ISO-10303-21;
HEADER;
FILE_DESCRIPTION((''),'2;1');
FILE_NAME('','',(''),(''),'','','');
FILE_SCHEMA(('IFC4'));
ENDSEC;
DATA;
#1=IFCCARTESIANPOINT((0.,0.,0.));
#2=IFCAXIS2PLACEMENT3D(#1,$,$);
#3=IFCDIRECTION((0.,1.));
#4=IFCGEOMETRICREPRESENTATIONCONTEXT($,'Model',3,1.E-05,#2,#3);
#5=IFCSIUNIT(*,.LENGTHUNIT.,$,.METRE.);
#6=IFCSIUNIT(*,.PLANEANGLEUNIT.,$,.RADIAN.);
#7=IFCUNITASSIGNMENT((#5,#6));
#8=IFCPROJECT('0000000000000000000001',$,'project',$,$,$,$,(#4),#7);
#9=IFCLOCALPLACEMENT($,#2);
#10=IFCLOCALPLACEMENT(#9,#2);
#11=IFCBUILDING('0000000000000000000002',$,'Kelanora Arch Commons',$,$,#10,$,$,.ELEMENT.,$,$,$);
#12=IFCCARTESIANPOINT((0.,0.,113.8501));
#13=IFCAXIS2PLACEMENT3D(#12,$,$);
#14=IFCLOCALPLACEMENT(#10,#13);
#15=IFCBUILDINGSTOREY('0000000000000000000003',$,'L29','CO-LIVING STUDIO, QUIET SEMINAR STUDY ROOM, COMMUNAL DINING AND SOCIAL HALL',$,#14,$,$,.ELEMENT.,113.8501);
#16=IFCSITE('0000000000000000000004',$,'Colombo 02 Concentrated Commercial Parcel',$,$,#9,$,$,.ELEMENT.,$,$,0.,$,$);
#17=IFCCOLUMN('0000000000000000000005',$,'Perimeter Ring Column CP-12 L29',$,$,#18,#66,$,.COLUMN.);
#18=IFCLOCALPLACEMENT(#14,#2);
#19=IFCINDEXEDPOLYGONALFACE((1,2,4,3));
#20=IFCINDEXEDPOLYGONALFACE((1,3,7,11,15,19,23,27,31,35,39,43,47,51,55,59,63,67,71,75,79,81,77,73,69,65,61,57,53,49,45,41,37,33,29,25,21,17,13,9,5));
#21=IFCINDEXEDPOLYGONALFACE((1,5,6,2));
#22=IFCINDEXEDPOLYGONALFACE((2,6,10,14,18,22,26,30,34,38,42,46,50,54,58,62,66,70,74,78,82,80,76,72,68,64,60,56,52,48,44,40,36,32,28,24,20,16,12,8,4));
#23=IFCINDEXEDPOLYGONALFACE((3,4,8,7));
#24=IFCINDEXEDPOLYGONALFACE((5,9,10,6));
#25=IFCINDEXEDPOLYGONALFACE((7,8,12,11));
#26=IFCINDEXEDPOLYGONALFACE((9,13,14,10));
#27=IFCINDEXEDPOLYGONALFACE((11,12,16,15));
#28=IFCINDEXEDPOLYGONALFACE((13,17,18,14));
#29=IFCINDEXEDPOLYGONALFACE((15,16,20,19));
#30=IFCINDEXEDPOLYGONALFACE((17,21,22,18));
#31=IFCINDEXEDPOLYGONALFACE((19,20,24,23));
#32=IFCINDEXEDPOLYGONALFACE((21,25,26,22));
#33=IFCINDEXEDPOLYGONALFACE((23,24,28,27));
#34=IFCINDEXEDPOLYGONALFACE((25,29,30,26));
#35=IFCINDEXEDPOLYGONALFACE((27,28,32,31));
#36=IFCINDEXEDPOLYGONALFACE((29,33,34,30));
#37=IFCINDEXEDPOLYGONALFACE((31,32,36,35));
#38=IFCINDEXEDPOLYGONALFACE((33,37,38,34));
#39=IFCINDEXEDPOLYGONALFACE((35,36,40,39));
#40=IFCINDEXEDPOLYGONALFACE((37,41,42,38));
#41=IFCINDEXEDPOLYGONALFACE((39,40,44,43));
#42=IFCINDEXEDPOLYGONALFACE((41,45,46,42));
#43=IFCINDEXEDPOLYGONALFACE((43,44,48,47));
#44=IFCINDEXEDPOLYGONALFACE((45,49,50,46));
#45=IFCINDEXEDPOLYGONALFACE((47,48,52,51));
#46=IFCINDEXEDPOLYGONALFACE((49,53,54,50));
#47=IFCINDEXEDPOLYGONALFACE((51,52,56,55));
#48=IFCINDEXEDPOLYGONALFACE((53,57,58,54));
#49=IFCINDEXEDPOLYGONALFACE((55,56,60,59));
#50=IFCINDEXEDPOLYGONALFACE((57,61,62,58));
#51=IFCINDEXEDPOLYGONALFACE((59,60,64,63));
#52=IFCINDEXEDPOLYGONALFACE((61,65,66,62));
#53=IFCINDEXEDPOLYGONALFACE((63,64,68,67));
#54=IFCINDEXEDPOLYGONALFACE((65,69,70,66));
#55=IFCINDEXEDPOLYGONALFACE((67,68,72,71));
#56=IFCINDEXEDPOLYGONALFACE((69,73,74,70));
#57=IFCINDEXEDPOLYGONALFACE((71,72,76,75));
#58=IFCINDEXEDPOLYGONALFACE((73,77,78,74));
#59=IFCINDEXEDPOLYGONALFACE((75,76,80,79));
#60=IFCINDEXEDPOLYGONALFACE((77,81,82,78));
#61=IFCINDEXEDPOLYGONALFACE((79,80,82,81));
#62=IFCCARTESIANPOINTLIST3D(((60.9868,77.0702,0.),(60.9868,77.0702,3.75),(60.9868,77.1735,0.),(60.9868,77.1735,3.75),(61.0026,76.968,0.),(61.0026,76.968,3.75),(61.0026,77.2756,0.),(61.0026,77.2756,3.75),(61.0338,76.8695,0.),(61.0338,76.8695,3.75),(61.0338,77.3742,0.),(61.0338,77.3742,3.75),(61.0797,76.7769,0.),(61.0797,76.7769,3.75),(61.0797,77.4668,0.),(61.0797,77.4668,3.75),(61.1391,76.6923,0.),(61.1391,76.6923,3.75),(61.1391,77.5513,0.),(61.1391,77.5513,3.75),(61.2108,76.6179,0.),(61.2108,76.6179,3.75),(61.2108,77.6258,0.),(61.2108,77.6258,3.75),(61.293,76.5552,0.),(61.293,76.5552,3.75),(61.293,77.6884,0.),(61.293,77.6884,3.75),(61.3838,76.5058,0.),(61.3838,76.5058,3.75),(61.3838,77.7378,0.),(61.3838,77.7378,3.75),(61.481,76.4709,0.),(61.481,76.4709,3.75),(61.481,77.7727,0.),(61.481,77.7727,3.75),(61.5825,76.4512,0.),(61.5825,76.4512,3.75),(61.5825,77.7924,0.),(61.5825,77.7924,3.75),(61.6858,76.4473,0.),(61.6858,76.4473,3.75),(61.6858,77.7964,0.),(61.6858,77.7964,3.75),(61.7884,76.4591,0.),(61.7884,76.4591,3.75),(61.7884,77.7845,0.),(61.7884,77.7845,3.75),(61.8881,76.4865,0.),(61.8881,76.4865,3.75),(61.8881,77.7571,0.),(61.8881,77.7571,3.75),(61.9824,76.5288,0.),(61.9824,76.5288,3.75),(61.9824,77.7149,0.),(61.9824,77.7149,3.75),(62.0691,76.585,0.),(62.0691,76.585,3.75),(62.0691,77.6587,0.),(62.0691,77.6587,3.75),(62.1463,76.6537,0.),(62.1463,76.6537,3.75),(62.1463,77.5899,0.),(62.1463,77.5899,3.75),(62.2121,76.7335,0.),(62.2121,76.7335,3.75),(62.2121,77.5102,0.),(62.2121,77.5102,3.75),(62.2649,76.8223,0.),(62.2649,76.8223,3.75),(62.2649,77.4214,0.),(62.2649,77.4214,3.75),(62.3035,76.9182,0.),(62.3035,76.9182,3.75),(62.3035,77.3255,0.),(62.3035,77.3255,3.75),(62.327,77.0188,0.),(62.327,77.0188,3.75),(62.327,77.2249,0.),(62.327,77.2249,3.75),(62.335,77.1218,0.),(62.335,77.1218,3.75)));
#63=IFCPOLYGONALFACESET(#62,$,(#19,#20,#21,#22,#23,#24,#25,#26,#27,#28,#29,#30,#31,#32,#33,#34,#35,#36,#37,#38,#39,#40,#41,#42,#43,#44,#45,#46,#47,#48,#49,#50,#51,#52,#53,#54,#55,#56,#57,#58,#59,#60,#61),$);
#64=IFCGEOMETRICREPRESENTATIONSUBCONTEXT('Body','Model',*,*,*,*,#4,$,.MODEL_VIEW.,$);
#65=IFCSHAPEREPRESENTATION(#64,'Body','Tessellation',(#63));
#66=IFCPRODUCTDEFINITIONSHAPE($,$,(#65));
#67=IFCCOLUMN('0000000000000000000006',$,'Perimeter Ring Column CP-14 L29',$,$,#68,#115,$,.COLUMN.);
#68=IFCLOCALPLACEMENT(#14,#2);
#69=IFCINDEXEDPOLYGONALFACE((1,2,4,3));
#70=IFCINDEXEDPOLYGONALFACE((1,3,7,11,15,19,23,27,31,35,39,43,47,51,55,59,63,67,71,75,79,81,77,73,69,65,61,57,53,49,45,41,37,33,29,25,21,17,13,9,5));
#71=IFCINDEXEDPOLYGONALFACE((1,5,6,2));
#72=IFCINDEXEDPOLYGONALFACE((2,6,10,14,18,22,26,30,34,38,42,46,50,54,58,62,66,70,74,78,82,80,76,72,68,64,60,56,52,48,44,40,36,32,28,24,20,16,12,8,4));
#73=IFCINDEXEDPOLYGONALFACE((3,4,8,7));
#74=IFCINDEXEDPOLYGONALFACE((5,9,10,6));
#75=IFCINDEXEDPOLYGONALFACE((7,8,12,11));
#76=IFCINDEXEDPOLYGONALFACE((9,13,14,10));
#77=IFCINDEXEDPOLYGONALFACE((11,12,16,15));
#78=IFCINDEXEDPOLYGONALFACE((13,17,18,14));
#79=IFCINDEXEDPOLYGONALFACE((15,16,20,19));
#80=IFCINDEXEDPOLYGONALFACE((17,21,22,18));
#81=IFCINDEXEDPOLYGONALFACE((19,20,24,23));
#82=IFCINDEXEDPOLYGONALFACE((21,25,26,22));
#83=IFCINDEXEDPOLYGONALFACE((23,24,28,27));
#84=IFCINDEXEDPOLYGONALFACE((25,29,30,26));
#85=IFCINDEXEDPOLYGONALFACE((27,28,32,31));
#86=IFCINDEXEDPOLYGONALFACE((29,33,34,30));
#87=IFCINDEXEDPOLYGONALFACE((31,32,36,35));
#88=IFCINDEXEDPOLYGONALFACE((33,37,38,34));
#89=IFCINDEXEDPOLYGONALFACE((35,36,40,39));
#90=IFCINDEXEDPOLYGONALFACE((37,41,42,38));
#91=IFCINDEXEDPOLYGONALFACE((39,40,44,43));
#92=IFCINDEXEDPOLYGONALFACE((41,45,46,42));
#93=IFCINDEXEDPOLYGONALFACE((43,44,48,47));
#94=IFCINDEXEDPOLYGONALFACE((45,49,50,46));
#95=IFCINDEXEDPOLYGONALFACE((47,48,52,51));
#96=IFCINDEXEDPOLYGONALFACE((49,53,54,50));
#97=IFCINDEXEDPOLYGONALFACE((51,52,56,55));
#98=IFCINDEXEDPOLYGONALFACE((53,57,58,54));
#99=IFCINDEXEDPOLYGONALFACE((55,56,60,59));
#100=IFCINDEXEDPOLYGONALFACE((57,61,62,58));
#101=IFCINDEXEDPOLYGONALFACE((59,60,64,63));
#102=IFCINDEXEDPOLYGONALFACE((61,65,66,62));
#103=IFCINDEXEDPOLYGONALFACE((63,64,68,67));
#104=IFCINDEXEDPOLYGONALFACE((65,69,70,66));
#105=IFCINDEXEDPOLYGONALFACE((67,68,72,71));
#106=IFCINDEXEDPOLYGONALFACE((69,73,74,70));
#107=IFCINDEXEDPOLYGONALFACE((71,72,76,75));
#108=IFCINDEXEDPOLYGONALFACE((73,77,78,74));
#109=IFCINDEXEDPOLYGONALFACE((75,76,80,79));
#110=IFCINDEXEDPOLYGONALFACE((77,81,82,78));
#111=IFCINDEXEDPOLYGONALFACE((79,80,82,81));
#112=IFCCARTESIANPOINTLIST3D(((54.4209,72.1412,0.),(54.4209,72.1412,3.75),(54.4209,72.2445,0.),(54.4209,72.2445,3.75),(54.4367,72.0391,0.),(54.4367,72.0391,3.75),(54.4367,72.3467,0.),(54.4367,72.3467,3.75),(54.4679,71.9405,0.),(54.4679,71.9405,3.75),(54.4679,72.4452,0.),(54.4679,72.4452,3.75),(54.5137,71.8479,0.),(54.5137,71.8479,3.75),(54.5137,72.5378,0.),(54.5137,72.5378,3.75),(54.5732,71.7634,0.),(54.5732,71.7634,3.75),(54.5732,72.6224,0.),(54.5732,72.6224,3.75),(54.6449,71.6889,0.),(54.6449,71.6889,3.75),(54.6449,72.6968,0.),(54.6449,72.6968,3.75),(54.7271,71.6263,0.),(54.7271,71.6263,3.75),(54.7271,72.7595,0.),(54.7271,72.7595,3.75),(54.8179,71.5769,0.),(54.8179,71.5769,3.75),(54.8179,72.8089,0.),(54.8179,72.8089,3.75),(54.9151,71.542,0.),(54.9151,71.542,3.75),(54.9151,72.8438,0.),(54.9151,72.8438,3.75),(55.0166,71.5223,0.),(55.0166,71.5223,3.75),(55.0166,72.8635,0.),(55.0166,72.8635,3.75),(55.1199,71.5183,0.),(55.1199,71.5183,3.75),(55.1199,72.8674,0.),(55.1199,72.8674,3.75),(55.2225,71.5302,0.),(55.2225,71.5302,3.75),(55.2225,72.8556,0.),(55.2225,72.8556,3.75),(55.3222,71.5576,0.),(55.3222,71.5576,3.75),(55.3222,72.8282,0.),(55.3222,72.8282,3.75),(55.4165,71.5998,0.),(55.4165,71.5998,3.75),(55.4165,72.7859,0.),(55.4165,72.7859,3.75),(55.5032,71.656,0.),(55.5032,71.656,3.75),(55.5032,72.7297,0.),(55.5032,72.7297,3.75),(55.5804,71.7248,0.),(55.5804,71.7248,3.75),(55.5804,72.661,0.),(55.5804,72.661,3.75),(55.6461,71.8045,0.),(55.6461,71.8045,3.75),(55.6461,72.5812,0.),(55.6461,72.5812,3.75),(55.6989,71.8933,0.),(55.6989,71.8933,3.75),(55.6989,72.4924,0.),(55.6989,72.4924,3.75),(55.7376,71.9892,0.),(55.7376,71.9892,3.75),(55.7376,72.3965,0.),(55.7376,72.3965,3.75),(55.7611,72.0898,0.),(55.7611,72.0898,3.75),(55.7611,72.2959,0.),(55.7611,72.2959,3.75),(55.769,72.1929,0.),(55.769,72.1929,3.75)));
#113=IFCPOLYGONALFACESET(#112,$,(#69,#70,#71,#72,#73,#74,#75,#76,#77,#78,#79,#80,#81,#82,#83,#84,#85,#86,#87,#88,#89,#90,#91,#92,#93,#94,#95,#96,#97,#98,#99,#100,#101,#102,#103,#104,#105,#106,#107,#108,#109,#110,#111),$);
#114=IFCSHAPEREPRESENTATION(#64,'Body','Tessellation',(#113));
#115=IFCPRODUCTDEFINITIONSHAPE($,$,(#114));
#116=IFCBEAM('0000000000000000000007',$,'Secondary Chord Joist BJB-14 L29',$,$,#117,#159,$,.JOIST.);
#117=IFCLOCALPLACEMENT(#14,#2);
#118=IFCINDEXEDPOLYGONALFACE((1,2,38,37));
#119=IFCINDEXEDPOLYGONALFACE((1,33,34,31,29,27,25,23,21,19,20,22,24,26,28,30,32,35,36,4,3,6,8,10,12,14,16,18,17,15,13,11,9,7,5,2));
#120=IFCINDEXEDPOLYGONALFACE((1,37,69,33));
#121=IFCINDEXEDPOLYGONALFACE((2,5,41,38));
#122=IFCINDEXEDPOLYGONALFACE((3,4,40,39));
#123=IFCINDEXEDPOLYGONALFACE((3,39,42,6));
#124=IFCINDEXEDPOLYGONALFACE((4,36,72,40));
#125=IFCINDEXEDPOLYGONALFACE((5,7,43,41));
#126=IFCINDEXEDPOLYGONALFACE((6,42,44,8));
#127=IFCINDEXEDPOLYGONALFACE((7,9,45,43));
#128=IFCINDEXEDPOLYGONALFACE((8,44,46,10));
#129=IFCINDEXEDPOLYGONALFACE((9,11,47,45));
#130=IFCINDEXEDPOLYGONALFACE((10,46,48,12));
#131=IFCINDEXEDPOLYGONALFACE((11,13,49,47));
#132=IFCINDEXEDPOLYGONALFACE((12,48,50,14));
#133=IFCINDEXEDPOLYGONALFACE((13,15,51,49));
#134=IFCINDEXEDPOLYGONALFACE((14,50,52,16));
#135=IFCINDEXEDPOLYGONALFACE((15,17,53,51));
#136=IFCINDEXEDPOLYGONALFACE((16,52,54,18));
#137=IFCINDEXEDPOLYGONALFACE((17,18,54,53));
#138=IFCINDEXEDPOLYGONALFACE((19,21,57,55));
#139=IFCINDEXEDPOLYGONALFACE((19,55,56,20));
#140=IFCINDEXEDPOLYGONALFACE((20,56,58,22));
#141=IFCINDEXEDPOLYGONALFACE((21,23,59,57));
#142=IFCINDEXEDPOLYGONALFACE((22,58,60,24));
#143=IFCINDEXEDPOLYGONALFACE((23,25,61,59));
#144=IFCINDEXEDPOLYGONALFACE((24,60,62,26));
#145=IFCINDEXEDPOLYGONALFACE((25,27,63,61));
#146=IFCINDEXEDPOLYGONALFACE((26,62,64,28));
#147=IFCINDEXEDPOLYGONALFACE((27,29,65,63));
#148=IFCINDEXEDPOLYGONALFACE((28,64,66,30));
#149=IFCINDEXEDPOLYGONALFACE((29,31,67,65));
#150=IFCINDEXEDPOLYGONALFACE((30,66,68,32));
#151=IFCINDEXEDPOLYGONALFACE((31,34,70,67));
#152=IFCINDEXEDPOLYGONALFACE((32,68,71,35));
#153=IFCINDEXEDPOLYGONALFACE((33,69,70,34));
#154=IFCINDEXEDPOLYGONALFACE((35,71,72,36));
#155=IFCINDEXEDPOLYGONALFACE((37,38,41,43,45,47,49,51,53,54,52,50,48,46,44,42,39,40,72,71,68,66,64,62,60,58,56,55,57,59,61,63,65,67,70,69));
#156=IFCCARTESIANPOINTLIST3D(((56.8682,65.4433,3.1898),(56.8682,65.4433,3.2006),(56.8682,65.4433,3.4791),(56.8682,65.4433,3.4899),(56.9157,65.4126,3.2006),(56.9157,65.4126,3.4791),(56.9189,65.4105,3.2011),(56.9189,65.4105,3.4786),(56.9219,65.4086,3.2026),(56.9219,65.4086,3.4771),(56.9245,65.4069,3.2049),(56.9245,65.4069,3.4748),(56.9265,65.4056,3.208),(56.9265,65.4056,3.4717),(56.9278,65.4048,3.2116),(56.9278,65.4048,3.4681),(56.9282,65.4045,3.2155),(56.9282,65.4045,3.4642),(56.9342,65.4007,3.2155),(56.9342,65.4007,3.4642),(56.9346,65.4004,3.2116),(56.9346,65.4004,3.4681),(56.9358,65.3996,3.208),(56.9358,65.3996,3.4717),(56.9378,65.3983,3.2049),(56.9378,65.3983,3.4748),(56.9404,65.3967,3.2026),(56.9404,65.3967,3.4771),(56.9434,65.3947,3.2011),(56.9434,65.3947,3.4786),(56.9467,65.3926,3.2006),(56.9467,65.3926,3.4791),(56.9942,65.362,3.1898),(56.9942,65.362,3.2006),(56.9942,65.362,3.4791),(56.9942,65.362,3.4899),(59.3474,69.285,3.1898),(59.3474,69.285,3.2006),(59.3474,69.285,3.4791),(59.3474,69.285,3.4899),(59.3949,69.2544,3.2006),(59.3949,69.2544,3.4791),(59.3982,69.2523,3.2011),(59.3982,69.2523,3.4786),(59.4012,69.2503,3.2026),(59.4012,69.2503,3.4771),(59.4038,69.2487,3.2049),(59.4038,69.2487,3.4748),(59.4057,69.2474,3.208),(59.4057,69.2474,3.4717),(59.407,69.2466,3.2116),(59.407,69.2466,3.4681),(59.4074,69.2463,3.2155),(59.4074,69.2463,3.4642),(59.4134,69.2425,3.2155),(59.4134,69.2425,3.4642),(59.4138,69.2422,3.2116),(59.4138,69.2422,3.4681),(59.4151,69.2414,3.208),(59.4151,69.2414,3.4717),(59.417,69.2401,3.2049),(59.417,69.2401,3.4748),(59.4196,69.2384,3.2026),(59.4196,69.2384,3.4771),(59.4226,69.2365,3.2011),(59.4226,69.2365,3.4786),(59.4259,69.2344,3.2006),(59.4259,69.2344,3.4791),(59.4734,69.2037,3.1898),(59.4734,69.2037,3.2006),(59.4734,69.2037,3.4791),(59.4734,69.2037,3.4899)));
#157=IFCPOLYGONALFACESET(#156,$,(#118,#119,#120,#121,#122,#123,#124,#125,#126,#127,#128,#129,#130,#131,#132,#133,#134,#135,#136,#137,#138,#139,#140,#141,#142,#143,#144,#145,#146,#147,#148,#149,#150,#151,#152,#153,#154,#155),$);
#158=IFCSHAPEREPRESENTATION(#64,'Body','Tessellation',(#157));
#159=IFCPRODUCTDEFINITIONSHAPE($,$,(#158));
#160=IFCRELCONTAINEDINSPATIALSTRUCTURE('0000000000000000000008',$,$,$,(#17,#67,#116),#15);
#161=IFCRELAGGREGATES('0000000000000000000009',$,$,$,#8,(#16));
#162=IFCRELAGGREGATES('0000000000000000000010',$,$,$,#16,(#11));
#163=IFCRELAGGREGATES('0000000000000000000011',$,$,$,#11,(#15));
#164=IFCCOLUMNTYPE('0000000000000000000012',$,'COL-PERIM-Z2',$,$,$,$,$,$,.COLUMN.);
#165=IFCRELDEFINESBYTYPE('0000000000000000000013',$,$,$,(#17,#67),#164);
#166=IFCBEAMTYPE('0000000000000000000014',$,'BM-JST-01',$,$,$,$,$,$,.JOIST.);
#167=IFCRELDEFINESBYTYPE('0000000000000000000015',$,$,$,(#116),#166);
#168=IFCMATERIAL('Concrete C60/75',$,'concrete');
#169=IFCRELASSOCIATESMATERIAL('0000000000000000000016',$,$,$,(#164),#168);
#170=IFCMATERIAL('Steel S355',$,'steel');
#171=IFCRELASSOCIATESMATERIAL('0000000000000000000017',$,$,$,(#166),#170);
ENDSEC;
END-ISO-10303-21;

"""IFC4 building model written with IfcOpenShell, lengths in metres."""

from ifc_helpers import new_model, si_unit, direction, frame, origin, origin_2d, place, context, subcontext, project, spatial, circle, i_section, extrude, material, material_profile, profile_set, type_object, element, save


model = new_model("IFC4")

# Units and contexts
model_context = context("Model", 3, precision=1e-05, world=origin(), true_north=direction((0.0, 1.0)))
body_context = subcontext(model_context, "Body", "Model", "MODEL_VIEW")
ifc_project = project(units=[si_unit("LENGTHUNIT", "METRE"), si_unit("PLANEANGLEUNIT", "RADIAN")], contexts=[model_context])

# Site, building, storey
site_placement = place(None, origin())
site = spatial("IfcSite", under=ifc_project, at=site_placement, Name="Colombo 02 Concentrated Commercial Parcel", CompositionType="ELEMENT", RefElevation=0.0)
building_placement = place(site_placement, origin())
building = spatial("IfcBuilding", under=site, at=building_placement, Name="Kelanora Arch Commons", CompositionType="ELEMENT")
storey_placement = place(building_placement, frame((0.0, 0.0, 113.8501)))
storey = spatial("IfcBuildingStorey", under=building, at=storey_placement, Name="L29", Description="CO-LIVING STUDIO, QUIET SEMINAR STUDY ROOM, COMMUNAL DINING AND SOCIAL HALL", CompositionType="ELEMENT", Elevation=113.8501)

# Columns
ifc_material_1 = material(Name="Concrete C60/75", Category="concrete")
ifc_material_profile_1 = material_profile(ifc_material_1, circle(Radius=0.675, at=origin_2d()), Name="RCC1350")
ifc_profile_set_1 = profile_set([ifc_material_profile_1], Name="Concrete C60/75")
column_type = type_object("IfcColumnType", Name="COL-PERIM-Z2", PredefinedType="COLUMN", material=ifc_profile_set_1)
for number, where, z_axis, x_axis, name in (
    (1, (61.6599, 77.1218, 0.0), (0.0, 0.0, 1.0), (1.0, 0.0, 0.0), "Perimeter Ring Column CP-12 L29"),
    (2, (55.094, 72.1929, 0.0), (0.0, 0.0, 1.0), (1.0, 0.0, 0.0), "Perimeter Ring Column CP-14 L29"),
):
    element("IfcColumn", number, at=place(storey_placement, frame(where, z_axis=z_axis, x_axis=x_axis)), inside=storey, type_object=column_type, Name=name, PredefinedType="COLUMN", context=body_context, shape_type="SweptSolid", body=[
        extrude(circle(Radius=0.675, at=origin_2d()), origin(), (0.0, 0.0, 1.0), 3.75),
    ])

# Beam
ifc_material_2 = material(Name="Steel S355", Category="steel")
ifc_material_profile_2 = material_profile(ifc_material_2, i_section(OverallWidth=0.1499, OverallDepth=0.3, WebThickness=0.0071, FlangeThickness=0.0107, FilletRadius=0.0149, at=origin_2d()), Name="IPE300")
ifc_profile_set_2 = profile_set([ifc_material_profile_2], Name="Steel S355")
beam_type_1 = type_object("IfcBeamType", Name="BM-JST-01", PredefinedType="JOIST", material=ifc_profile_set_2)
beam_1_placement = place(storey_placement, frame((59.4104, 69.2444, 3.3398), z_axis=(-0.54223, -0.84023, 0.0), x_axis=(0.84023, -0.54223, 0.0)))
element("IfcBeam", 3, at=beam_1_placement, inside=storey, type_object=beam_type_1, Name="Secondary Chord Joist BJB-14 L29", PredefinedType="JOIST", context=body_context, shape_type="SweptSolid", body=[
    extrude(i_section(OverallWidth=0.1499, OverallDepth=0.3, WebThickness=0.0071, FlangeThickness=0.0107, FilletRadius=0.0149, at=origin_2d()), origin(), (0.0, 0.0, 1.0), 4.5723),
])

save(model, "model.ifc")
